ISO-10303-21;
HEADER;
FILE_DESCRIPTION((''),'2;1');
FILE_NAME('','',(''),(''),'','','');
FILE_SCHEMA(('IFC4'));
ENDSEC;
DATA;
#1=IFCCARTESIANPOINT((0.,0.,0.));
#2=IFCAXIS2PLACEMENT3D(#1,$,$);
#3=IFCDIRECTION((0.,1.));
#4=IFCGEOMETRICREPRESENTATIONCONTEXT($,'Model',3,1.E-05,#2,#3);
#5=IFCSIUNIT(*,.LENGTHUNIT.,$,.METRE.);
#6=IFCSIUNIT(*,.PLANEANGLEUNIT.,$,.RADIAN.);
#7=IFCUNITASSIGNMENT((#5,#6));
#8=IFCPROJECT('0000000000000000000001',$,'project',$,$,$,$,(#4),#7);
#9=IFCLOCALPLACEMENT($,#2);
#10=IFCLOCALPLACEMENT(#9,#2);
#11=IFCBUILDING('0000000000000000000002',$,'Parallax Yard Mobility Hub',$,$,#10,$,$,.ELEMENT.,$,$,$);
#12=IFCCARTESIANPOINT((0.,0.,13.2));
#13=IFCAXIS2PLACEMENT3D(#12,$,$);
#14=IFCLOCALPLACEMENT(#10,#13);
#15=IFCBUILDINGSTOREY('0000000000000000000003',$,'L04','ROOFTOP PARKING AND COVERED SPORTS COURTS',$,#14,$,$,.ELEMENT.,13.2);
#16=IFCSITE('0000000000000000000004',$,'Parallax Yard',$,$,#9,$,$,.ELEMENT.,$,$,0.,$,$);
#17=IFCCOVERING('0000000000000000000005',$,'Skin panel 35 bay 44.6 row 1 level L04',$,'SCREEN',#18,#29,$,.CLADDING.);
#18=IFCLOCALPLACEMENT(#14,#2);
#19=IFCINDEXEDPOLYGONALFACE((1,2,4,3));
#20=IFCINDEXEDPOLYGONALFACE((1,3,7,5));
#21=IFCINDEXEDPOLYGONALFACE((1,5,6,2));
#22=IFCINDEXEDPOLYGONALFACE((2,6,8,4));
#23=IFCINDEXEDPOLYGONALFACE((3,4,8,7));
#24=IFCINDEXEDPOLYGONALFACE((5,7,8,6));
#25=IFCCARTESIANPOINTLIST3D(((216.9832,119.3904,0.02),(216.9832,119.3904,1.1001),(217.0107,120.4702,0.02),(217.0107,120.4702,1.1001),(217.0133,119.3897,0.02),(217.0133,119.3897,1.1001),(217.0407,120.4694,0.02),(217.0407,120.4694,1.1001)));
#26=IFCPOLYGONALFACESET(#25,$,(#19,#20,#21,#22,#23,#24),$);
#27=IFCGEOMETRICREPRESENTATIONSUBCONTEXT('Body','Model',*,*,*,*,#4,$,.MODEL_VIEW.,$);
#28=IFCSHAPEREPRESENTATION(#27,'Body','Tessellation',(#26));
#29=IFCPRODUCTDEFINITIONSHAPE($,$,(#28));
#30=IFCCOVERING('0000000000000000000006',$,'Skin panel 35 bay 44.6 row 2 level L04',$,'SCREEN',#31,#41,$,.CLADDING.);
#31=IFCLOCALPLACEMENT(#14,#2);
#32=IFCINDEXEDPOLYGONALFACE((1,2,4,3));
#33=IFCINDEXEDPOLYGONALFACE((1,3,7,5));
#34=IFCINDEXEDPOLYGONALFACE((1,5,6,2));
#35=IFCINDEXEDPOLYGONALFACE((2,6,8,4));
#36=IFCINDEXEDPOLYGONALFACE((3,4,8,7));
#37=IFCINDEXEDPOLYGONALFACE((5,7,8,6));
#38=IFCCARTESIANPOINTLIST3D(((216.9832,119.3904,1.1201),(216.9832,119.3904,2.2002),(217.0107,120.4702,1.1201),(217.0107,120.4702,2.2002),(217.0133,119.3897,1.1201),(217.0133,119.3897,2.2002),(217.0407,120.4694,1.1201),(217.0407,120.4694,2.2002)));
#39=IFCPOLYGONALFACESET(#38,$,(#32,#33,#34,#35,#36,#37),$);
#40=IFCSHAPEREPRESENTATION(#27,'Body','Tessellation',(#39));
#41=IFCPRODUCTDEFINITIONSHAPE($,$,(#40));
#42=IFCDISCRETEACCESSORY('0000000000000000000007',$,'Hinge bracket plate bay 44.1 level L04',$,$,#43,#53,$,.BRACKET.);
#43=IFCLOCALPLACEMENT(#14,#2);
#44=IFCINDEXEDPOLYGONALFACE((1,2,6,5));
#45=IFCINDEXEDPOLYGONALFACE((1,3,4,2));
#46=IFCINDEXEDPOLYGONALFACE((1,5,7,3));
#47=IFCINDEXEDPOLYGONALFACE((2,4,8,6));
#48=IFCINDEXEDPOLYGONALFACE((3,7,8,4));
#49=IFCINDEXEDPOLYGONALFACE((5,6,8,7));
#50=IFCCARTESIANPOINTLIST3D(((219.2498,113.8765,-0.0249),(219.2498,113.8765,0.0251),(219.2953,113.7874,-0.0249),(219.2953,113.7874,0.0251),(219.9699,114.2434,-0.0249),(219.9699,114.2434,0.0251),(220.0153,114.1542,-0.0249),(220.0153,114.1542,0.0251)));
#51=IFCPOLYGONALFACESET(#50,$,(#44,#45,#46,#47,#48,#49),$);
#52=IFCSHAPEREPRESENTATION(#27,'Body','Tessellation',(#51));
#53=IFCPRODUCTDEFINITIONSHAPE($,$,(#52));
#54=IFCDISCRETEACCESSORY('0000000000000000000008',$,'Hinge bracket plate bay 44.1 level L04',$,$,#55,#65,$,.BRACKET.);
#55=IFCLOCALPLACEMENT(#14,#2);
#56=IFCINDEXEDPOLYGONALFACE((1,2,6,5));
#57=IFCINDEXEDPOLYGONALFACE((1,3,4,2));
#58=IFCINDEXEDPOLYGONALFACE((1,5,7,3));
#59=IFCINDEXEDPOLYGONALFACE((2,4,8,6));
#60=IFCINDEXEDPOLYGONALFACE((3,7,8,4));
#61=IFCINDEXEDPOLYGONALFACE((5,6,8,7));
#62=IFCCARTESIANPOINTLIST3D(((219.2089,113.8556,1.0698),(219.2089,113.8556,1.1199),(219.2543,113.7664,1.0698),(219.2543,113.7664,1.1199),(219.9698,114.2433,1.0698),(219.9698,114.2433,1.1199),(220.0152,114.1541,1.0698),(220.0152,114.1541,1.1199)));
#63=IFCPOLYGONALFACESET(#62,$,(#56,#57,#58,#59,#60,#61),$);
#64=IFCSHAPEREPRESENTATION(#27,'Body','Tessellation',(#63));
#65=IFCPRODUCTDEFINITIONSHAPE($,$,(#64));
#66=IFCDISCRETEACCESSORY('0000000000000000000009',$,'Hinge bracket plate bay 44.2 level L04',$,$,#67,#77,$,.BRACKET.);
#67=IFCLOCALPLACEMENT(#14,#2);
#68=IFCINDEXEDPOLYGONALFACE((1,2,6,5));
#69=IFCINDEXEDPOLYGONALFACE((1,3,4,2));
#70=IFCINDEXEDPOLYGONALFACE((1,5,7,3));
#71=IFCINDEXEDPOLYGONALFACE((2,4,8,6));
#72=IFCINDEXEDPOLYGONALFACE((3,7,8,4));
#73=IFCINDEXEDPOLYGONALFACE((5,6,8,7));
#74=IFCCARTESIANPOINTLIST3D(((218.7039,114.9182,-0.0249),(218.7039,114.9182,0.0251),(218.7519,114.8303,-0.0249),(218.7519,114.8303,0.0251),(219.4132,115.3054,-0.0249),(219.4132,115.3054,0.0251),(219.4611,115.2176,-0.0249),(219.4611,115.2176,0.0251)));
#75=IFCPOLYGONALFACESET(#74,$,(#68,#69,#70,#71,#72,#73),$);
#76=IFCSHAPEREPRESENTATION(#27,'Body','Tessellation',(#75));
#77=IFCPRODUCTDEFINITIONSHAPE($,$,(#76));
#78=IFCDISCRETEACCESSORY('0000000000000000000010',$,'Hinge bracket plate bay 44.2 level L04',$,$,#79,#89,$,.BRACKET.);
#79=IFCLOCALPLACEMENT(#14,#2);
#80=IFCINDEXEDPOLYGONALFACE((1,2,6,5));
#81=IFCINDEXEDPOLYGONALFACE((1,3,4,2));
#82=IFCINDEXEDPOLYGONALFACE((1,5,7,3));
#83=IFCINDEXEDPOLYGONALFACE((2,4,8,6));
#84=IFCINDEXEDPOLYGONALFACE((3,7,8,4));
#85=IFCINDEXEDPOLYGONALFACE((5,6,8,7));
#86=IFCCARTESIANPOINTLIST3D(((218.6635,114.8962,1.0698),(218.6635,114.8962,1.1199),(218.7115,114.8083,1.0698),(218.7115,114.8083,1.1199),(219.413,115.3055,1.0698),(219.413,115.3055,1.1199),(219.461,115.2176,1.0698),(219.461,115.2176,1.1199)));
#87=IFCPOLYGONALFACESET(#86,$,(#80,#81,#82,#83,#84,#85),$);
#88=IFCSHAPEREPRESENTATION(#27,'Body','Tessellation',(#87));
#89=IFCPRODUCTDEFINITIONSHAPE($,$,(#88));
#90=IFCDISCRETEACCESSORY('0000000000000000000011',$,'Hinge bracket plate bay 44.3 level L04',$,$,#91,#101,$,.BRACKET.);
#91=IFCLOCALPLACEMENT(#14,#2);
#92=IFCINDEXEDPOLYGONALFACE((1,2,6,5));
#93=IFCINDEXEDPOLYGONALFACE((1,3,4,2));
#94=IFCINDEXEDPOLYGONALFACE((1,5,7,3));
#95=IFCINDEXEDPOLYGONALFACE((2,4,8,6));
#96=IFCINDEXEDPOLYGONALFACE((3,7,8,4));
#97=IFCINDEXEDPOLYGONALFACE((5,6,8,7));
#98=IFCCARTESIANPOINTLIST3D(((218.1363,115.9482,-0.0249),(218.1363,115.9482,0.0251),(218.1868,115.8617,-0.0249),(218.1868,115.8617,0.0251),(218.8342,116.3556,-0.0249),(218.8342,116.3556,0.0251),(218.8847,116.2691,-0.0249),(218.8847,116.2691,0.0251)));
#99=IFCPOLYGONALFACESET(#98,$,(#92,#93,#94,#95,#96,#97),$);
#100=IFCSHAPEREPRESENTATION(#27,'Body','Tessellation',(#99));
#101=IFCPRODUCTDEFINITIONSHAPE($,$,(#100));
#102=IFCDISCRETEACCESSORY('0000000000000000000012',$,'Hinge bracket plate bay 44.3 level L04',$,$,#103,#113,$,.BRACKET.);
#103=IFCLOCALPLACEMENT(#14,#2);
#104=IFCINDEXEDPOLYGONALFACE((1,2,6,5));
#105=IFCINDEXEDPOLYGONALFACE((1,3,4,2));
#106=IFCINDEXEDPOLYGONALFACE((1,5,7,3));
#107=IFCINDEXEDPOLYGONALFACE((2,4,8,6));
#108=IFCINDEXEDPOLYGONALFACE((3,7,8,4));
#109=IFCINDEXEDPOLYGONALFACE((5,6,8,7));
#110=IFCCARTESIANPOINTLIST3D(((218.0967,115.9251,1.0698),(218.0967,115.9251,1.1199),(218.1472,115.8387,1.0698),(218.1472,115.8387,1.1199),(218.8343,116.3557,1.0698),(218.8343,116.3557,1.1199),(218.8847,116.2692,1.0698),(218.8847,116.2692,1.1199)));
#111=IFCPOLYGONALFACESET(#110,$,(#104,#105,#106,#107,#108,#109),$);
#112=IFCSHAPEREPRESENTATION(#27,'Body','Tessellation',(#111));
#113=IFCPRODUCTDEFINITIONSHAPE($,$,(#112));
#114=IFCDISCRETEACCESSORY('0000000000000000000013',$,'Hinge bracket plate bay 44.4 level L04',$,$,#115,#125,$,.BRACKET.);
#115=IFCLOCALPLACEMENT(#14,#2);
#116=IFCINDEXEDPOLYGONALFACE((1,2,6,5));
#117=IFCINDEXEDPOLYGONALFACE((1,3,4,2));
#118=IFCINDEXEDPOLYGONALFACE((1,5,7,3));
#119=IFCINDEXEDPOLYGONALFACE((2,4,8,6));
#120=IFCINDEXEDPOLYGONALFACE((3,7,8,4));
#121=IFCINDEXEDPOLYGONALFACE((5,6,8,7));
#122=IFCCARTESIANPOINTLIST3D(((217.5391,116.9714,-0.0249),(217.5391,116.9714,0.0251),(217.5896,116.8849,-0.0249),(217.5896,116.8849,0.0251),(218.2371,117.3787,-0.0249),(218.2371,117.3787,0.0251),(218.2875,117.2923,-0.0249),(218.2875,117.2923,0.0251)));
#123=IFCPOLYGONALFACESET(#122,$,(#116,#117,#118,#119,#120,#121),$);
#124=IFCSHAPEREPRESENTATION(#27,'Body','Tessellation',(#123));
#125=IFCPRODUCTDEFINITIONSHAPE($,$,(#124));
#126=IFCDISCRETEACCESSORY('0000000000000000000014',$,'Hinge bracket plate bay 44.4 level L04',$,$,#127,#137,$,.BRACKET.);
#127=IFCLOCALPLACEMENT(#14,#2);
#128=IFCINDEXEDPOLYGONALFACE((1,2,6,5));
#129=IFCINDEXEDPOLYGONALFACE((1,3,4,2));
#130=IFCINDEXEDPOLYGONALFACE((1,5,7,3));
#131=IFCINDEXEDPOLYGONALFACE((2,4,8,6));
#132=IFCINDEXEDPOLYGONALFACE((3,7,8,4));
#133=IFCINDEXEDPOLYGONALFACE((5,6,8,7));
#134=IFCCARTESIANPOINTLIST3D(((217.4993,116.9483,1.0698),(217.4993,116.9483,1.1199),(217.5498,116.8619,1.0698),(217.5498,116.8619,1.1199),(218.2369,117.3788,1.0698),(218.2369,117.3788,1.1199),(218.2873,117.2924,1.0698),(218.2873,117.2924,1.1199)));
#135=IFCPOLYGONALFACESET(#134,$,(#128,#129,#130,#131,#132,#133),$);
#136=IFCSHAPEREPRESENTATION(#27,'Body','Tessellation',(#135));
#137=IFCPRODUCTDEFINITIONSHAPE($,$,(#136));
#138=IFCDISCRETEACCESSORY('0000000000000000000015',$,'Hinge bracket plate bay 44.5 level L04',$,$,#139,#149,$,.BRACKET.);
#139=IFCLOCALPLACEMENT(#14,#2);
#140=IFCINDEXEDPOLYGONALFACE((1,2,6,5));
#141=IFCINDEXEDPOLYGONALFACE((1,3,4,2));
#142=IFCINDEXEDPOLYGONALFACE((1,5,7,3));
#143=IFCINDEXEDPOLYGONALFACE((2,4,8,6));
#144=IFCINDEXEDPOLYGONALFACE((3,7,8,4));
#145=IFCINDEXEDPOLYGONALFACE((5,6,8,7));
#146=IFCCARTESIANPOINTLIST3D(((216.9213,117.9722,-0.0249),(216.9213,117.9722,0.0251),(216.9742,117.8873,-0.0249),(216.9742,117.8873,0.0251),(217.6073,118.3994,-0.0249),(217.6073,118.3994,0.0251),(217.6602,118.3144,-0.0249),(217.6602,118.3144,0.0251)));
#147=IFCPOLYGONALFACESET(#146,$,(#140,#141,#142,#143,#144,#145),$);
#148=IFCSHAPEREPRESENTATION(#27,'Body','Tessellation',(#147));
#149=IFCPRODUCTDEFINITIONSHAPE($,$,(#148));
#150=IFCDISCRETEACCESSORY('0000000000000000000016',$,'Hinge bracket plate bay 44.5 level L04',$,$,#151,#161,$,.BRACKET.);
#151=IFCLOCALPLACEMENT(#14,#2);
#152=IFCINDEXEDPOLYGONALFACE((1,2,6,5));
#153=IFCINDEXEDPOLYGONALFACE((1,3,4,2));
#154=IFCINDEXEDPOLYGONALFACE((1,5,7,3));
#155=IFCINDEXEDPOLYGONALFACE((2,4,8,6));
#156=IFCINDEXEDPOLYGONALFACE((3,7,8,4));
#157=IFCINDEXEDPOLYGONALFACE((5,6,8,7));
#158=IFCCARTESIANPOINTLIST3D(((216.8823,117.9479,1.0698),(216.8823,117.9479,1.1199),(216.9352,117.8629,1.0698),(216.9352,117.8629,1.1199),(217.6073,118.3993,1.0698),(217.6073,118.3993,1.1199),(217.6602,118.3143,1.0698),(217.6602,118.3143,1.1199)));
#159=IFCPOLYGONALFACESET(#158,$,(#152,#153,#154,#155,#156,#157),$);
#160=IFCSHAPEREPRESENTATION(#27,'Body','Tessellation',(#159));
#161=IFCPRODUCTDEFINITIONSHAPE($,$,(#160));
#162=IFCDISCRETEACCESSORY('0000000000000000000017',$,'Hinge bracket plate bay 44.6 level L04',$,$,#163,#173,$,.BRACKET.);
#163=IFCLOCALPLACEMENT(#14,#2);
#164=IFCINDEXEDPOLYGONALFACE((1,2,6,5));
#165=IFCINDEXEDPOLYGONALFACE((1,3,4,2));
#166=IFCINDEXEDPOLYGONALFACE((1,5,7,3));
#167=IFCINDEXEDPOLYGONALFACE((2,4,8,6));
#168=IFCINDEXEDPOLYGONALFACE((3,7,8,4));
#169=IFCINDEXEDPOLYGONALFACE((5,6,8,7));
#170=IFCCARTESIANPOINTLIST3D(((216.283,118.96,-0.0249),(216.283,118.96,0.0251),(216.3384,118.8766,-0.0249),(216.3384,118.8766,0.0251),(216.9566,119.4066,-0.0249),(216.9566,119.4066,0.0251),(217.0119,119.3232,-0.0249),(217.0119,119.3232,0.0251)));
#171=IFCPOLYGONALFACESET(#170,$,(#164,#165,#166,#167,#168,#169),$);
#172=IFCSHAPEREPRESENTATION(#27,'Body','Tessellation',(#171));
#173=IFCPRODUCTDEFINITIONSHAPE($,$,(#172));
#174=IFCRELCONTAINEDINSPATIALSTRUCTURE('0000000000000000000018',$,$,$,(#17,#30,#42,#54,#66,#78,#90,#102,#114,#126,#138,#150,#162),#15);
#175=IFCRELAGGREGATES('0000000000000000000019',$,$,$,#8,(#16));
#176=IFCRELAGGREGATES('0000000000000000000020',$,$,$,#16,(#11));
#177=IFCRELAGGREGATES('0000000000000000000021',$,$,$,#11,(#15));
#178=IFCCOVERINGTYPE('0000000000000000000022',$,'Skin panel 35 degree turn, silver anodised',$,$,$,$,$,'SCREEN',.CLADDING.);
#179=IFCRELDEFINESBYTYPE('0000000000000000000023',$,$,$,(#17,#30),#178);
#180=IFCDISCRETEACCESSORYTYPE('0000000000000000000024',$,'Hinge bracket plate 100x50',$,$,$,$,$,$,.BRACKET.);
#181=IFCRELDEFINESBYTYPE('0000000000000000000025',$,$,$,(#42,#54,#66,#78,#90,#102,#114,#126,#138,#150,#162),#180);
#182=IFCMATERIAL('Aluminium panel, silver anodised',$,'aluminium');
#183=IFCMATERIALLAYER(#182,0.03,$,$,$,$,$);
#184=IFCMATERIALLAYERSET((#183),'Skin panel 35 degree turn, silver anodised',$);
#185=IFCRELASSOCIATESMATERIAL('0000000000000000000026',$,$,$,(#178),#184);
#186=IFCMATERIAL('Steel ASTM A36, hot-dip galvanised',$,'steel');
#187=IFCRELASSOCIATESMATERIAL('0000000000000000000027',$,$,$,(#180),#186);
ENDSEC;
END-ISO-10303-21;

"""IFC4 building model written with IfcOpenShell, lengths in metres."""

from ifc_helpers import new_model, si_unit, direction, frame, origin, origin_2d, place, context, subcontext, project, spatial, rectangle, extrude, material, layer, layer_set, type_object, element, save


model = new_model("IFC4")

# Units and contexts
model_context = context("Model", 3, precision=1e-05, world=origin(), true_north=direction((0.0, 1.0)))
body_context = subcontext(model_context, "Body", "Model", "MODEL_VIEW")
ifc_project = project(units=[si_unit("LENGTHUNIT", "METRE"), si_unit("PLANEANGLEUNIT", "RADIAN")], contexts=[model_context])

# Site, building, storey
site_placement = place(None, origin())
site = spatial("IfcSite", under=ifc_project, at=site_placement, Name="Parallax Yard", CompositionType="ELEMENT", RefElevation=0.0)
building_placement = place(site_placement, origin())
building = spatial("IfcBuilding", under=site, at=building_placement, Name="Parallax Yard Mobility Hub", CompositionType="ELEMENT")
storey_placement = place(building_placement, frame((0.0, 0.0, 13.2)))
storey = spatial("IfcBuildingStorey", under=building, at=storey_placement, Name="L04", Description="ROOFTOP PARKING AND COVERED SPORTS COURTS", CompositionType="ELEMENT", Elevation=13.2)

# Coverings
ifc_material_1 = material(Name="Aluminium panel, silver anodised", Category="aluminium")
ifc_layer_1 = layer(ifc_material_1, 0.03)
ifc_layer_set_1 = layer_set([ifc_layer_1], Name="Skin panel 35 degree turn, silver anodised")
covering_type_1 = type_object("IfcCoveringType", Name="Skin panel 35 degree turn, silver anodised", ElementType="SCREEN", PredefinedType="CLADDING", material=ifc_layer_set_1)
for number, where, z_axis, x_axis, name in (
    (1, (217.012, 119.9299, 0.02), (0.0, 0.0, 1.0), (0.025383, 0.999678, 0.0), "Skin panel 35 bay 44.6 row 1 level L04"),
    (2, (217.012, 119.9299, 1.1201), (0.0, 0.0, 1.0), (0.025383, 0.999678, 0.0), "Skin panel 35 bay 44.6 row 2 level L04"),
):
    element("IfcCovering", number, at=place(storey_placement, frame(where, z_axis=z_axis, x_axis=x_axis)), inside=storey, type_object=covering_type_1, Name=name, ObjectType="SCREEN", PredefinedType="CLADDING", context=body_context, shape_type="SweptSolid", body=[
        extrude(rectangle(XDim=1.0801, YDim=0.03, at=origin_2d()), origin(), (0.0, 0.0, 1.0), 1.0801),
    ])

# Discrete accessories
ifc_material_2 = material(Name="Steel ASTM A36, hot-dip galvanised", Category="steel")
discrete_accessory_type_1 = type_object("IfcDiscreteAccessoryType", Name="Hinge bracket plate 100x50", PredefinedType="BRACKET", material=ifc_material_2)
discrete_accessory_1_placement = place(storey_placement, frame((219.6326, 114.0154, -0.0249), z_axis=(0.0, 0.0, 1.0), x_axis=(0.891007, 0.45399, 0.0)))
element("IfcDiscreteAccessory", 3, at=discrete_accessory_1_placement, inside=storey, type_object=discrete_accessory_type_1, Name="Hinge bracket plate bay 44.1 level L04", PredefinedType="BRACKET", context=body_context, shape_type="SweptSolid", body=[
    extrude(rectangle(XDim=0.8081, YDim=0.1001, at=origin_2d()), origin(), (0.0, 0.0, 1.0), 0.05),
])
discrete_accessory_2_placement = place(storey_placement, frame((219.6121, 114.0049, 1.0698), z_axis=(0.0, 0.0, 1.0), x_axis=(0.891007, 0.45399, 0.0)))
element("IfcDiscreteAccessory", 4, at=discrete_accessory_2_placement, inside=storey, type_object=discrete_accessory_type_1, Name="Hinge bracket plate bay 44.1 level L04", PredefinedType="BRACKET", context=body_context, shape_type="SweptSolid", body=[
    extrude(rectangle(XDim=0.854, YDim=0.1001, at=origin_2d()), origin(), (0.0, 0.0, 1.0), 0.05),
])
discrete_accessory_3_placement = place(storey_placement, frame((219.0825, 115.0679, -0.0249), z_axis=(0.0, 0.0, 1.0), x_axis=(0.877679, 0.47925, 0.0)))
element("IfcDiscreteAccessory", 5, at=discrete_accessory_3_placement, inside=storey, type_object=discrete_accessory_type_1, Name="Hinge bracket plate bay 44.2 level L04", PredefinedType="BRACKET", context=body_context, shape_type="SweptSolid", body=[
    extrude(rectangle(XDim=0.8081, YDim=0.1001, at=origin_2d()), origin(), (0.0, 0.0, 1.0), 0.05),
])
discrete_accessory_4_placement = place(storey_placement, frame((219.0623, 115.0569, 1.0698), z_axis=(0.0, 0.0, 1.0), x_axis=(0.877679, 0.47925, 0.0)))
element("IfcDiscreteAccessory", 6, at=discrete_accessory_4_placement, inside=storey, type_object=discrete_accessory_type_1, Name="Hinge bracket plate bay 44.2 level L04", PredefinedType="BRACKET", context=body_context, shape_type="SweptSolid", body=[
    extrude(rectangle(XDim=0.854, YDim=0.1001, at=origin_2d()), origin(), (0.0, 0.0, 1.0), 0.05),
])
discrete_accessory_5_placement = place(storey_placement, frame((218.5105, 116.1086, -0.0249), z_axis=(0.0, 0.0, 1.0), x_axis=(0.863636, 0.504116, 0.0)))
element("IfcDiscreteAccessory", 7, at=discrete_accessory_5_placement, inside=storey, type_object=discrete_accessory_type_1, Name="Hinge bracket plate bay 44.3 level L04", PredefinedType="BRACKET", context=body_context, shape_type="SweptSolid", body=[
    extrude(rectangle(XDim=0.8081, YDim=0.1001, at=origin_2d()), origin(), (0.0, 0.0, 1.0), 0.05),
])
discrete_accessory_6_placement = place(storey_placement, frame((218.4907, 116.0972, 1.0698), z_axis=(0.0, 0.0, 1.0), x_axis=(0.863636, 0.504116, 0.0)))
element("IfcDiscreteAccessory", 8, at=discrete_accessory_6_placement, inside=storey, type_object=discrete_accessory_type_1, Name="Hinge bracket plate bay 44.3 level L04", PredefinedType="BRACKET", context=body_context, shape_type="SweptSolid", body=[
    extrude(rectangle(XDim=0.854, YDim=0.1001, at=origin_2d()), origin(), (0.0, 0.0, 1.0), 0.05),
])
discrete_accessory_7_placement = place(storey_placement, frame((217.9133, 117.1318, -0.0249), z_axis=(0.0, 0.0, 1.0), x_axis=(0.863636, 0.504116, 0.0)))
element("IfcDiscreteAccessory", 9, at=discrete_accessory_7_placement, inside=storey, type_object=discrete_accessory_type_1, Name="Hinge bracket plate bay 44.4 level L04", PredefinedType="BRACKET", context=body_context, shape_type="SweptSolid", body=[
    extrude(rectangle(XDim=0.8081, YDim=0.1001, at=origin_2d()), origin(), (0.0, 0.0, 1.0), 0.05),
])
discrete_accessory_8_placement = place(storey_placement, frame((217.8933, 117.1204, 1.0698), z_axis=(0.0, 0.0, 1.0), x_axis=(0.863636, 0.504116, 0.0)))
element("IfcDiscreteAccessory", 10, at=discrete_accessory_8_placement, inside=storey, type_object=discrete_accessory_type_1, Name="Hinge bracket plate bay 44.4 level L04", PredefinedType="BRACKET", context=body_context, shape_type="SweptSolid", body=[
    extrude(rectangle(XDim=0.854, YDim=0.1001, at=origin_2d()), origin(), (0.0, 0.0, 1.0), 0.05),
])
discrete_accessory_9_placement = place(storey_placement, frame((217.2908, 118.1433, -0.0249), z_axis=(0.0, 0.0, 1.0), x_axis=(0.848888, 0.528573, 0.0)))
element("IfcDiscreteAccessory", 11, at=discrete_accessory_9_placement, inside=storey, type_object=discrete_accessory_type_1, Name="Hinge bracket plate bay 44.5 level L04", PredefinedType="BRACKET", context=body_context, shape_type="SweptSolid", body=[
    extrude(rectangle(XDim=0.8081, YDim=0.1001, at=origin_2d()), origin(), (0.0, 0.0, 1.0), 0.05),
])
discrete_accessory_10_placement = place(storey_placement, frame((217.2712, 118.1311, 1.0698), z_axis=(0.0, 0.0, 1.0), x_axis=(0.848888, 0.528573, 0.0)))
element("IfcDiscreteAccessory", 12, at=discrete_accessory_10_placement, inside=storey, type_object=discrete_accessory_type_1, Name="Hinge bracket plate bay 44.5 level L04", PredefinedType="BRACKET", context=body_context, shape_type="SweptSolid", body=[
    extrude(rectangle(XDim=0.854, YDim=0.1001, at=origin_2d()), origin(), (0.0, 0.0, 1.0), 0.05),
])
discrete_accessory_11_placement = place(storey_placement, frame((216.6475, 119.1416, -0.0249), z_axis=(0.0, 0.0, 1.0), x_axis=(0.833447, 0.552599, 0.0)))
element("IfcDiscreteAccessory", 13, at=discrete_accessory_11_placement, inside=storey, type_object=discrete_accessory_type_1, Name="Hinge bracket plate bay 44.6 level L04", PredefinedType="BRACKET", context=body_context, shape_type="SweptSolid", body=[
    extrude(rectangle(XDim=0.8081, YDim=0.1001, at=origin_2d()), origin(), (0.0, 0.0, 1.0), 0.05),
])

save(model, "model.ifc")
